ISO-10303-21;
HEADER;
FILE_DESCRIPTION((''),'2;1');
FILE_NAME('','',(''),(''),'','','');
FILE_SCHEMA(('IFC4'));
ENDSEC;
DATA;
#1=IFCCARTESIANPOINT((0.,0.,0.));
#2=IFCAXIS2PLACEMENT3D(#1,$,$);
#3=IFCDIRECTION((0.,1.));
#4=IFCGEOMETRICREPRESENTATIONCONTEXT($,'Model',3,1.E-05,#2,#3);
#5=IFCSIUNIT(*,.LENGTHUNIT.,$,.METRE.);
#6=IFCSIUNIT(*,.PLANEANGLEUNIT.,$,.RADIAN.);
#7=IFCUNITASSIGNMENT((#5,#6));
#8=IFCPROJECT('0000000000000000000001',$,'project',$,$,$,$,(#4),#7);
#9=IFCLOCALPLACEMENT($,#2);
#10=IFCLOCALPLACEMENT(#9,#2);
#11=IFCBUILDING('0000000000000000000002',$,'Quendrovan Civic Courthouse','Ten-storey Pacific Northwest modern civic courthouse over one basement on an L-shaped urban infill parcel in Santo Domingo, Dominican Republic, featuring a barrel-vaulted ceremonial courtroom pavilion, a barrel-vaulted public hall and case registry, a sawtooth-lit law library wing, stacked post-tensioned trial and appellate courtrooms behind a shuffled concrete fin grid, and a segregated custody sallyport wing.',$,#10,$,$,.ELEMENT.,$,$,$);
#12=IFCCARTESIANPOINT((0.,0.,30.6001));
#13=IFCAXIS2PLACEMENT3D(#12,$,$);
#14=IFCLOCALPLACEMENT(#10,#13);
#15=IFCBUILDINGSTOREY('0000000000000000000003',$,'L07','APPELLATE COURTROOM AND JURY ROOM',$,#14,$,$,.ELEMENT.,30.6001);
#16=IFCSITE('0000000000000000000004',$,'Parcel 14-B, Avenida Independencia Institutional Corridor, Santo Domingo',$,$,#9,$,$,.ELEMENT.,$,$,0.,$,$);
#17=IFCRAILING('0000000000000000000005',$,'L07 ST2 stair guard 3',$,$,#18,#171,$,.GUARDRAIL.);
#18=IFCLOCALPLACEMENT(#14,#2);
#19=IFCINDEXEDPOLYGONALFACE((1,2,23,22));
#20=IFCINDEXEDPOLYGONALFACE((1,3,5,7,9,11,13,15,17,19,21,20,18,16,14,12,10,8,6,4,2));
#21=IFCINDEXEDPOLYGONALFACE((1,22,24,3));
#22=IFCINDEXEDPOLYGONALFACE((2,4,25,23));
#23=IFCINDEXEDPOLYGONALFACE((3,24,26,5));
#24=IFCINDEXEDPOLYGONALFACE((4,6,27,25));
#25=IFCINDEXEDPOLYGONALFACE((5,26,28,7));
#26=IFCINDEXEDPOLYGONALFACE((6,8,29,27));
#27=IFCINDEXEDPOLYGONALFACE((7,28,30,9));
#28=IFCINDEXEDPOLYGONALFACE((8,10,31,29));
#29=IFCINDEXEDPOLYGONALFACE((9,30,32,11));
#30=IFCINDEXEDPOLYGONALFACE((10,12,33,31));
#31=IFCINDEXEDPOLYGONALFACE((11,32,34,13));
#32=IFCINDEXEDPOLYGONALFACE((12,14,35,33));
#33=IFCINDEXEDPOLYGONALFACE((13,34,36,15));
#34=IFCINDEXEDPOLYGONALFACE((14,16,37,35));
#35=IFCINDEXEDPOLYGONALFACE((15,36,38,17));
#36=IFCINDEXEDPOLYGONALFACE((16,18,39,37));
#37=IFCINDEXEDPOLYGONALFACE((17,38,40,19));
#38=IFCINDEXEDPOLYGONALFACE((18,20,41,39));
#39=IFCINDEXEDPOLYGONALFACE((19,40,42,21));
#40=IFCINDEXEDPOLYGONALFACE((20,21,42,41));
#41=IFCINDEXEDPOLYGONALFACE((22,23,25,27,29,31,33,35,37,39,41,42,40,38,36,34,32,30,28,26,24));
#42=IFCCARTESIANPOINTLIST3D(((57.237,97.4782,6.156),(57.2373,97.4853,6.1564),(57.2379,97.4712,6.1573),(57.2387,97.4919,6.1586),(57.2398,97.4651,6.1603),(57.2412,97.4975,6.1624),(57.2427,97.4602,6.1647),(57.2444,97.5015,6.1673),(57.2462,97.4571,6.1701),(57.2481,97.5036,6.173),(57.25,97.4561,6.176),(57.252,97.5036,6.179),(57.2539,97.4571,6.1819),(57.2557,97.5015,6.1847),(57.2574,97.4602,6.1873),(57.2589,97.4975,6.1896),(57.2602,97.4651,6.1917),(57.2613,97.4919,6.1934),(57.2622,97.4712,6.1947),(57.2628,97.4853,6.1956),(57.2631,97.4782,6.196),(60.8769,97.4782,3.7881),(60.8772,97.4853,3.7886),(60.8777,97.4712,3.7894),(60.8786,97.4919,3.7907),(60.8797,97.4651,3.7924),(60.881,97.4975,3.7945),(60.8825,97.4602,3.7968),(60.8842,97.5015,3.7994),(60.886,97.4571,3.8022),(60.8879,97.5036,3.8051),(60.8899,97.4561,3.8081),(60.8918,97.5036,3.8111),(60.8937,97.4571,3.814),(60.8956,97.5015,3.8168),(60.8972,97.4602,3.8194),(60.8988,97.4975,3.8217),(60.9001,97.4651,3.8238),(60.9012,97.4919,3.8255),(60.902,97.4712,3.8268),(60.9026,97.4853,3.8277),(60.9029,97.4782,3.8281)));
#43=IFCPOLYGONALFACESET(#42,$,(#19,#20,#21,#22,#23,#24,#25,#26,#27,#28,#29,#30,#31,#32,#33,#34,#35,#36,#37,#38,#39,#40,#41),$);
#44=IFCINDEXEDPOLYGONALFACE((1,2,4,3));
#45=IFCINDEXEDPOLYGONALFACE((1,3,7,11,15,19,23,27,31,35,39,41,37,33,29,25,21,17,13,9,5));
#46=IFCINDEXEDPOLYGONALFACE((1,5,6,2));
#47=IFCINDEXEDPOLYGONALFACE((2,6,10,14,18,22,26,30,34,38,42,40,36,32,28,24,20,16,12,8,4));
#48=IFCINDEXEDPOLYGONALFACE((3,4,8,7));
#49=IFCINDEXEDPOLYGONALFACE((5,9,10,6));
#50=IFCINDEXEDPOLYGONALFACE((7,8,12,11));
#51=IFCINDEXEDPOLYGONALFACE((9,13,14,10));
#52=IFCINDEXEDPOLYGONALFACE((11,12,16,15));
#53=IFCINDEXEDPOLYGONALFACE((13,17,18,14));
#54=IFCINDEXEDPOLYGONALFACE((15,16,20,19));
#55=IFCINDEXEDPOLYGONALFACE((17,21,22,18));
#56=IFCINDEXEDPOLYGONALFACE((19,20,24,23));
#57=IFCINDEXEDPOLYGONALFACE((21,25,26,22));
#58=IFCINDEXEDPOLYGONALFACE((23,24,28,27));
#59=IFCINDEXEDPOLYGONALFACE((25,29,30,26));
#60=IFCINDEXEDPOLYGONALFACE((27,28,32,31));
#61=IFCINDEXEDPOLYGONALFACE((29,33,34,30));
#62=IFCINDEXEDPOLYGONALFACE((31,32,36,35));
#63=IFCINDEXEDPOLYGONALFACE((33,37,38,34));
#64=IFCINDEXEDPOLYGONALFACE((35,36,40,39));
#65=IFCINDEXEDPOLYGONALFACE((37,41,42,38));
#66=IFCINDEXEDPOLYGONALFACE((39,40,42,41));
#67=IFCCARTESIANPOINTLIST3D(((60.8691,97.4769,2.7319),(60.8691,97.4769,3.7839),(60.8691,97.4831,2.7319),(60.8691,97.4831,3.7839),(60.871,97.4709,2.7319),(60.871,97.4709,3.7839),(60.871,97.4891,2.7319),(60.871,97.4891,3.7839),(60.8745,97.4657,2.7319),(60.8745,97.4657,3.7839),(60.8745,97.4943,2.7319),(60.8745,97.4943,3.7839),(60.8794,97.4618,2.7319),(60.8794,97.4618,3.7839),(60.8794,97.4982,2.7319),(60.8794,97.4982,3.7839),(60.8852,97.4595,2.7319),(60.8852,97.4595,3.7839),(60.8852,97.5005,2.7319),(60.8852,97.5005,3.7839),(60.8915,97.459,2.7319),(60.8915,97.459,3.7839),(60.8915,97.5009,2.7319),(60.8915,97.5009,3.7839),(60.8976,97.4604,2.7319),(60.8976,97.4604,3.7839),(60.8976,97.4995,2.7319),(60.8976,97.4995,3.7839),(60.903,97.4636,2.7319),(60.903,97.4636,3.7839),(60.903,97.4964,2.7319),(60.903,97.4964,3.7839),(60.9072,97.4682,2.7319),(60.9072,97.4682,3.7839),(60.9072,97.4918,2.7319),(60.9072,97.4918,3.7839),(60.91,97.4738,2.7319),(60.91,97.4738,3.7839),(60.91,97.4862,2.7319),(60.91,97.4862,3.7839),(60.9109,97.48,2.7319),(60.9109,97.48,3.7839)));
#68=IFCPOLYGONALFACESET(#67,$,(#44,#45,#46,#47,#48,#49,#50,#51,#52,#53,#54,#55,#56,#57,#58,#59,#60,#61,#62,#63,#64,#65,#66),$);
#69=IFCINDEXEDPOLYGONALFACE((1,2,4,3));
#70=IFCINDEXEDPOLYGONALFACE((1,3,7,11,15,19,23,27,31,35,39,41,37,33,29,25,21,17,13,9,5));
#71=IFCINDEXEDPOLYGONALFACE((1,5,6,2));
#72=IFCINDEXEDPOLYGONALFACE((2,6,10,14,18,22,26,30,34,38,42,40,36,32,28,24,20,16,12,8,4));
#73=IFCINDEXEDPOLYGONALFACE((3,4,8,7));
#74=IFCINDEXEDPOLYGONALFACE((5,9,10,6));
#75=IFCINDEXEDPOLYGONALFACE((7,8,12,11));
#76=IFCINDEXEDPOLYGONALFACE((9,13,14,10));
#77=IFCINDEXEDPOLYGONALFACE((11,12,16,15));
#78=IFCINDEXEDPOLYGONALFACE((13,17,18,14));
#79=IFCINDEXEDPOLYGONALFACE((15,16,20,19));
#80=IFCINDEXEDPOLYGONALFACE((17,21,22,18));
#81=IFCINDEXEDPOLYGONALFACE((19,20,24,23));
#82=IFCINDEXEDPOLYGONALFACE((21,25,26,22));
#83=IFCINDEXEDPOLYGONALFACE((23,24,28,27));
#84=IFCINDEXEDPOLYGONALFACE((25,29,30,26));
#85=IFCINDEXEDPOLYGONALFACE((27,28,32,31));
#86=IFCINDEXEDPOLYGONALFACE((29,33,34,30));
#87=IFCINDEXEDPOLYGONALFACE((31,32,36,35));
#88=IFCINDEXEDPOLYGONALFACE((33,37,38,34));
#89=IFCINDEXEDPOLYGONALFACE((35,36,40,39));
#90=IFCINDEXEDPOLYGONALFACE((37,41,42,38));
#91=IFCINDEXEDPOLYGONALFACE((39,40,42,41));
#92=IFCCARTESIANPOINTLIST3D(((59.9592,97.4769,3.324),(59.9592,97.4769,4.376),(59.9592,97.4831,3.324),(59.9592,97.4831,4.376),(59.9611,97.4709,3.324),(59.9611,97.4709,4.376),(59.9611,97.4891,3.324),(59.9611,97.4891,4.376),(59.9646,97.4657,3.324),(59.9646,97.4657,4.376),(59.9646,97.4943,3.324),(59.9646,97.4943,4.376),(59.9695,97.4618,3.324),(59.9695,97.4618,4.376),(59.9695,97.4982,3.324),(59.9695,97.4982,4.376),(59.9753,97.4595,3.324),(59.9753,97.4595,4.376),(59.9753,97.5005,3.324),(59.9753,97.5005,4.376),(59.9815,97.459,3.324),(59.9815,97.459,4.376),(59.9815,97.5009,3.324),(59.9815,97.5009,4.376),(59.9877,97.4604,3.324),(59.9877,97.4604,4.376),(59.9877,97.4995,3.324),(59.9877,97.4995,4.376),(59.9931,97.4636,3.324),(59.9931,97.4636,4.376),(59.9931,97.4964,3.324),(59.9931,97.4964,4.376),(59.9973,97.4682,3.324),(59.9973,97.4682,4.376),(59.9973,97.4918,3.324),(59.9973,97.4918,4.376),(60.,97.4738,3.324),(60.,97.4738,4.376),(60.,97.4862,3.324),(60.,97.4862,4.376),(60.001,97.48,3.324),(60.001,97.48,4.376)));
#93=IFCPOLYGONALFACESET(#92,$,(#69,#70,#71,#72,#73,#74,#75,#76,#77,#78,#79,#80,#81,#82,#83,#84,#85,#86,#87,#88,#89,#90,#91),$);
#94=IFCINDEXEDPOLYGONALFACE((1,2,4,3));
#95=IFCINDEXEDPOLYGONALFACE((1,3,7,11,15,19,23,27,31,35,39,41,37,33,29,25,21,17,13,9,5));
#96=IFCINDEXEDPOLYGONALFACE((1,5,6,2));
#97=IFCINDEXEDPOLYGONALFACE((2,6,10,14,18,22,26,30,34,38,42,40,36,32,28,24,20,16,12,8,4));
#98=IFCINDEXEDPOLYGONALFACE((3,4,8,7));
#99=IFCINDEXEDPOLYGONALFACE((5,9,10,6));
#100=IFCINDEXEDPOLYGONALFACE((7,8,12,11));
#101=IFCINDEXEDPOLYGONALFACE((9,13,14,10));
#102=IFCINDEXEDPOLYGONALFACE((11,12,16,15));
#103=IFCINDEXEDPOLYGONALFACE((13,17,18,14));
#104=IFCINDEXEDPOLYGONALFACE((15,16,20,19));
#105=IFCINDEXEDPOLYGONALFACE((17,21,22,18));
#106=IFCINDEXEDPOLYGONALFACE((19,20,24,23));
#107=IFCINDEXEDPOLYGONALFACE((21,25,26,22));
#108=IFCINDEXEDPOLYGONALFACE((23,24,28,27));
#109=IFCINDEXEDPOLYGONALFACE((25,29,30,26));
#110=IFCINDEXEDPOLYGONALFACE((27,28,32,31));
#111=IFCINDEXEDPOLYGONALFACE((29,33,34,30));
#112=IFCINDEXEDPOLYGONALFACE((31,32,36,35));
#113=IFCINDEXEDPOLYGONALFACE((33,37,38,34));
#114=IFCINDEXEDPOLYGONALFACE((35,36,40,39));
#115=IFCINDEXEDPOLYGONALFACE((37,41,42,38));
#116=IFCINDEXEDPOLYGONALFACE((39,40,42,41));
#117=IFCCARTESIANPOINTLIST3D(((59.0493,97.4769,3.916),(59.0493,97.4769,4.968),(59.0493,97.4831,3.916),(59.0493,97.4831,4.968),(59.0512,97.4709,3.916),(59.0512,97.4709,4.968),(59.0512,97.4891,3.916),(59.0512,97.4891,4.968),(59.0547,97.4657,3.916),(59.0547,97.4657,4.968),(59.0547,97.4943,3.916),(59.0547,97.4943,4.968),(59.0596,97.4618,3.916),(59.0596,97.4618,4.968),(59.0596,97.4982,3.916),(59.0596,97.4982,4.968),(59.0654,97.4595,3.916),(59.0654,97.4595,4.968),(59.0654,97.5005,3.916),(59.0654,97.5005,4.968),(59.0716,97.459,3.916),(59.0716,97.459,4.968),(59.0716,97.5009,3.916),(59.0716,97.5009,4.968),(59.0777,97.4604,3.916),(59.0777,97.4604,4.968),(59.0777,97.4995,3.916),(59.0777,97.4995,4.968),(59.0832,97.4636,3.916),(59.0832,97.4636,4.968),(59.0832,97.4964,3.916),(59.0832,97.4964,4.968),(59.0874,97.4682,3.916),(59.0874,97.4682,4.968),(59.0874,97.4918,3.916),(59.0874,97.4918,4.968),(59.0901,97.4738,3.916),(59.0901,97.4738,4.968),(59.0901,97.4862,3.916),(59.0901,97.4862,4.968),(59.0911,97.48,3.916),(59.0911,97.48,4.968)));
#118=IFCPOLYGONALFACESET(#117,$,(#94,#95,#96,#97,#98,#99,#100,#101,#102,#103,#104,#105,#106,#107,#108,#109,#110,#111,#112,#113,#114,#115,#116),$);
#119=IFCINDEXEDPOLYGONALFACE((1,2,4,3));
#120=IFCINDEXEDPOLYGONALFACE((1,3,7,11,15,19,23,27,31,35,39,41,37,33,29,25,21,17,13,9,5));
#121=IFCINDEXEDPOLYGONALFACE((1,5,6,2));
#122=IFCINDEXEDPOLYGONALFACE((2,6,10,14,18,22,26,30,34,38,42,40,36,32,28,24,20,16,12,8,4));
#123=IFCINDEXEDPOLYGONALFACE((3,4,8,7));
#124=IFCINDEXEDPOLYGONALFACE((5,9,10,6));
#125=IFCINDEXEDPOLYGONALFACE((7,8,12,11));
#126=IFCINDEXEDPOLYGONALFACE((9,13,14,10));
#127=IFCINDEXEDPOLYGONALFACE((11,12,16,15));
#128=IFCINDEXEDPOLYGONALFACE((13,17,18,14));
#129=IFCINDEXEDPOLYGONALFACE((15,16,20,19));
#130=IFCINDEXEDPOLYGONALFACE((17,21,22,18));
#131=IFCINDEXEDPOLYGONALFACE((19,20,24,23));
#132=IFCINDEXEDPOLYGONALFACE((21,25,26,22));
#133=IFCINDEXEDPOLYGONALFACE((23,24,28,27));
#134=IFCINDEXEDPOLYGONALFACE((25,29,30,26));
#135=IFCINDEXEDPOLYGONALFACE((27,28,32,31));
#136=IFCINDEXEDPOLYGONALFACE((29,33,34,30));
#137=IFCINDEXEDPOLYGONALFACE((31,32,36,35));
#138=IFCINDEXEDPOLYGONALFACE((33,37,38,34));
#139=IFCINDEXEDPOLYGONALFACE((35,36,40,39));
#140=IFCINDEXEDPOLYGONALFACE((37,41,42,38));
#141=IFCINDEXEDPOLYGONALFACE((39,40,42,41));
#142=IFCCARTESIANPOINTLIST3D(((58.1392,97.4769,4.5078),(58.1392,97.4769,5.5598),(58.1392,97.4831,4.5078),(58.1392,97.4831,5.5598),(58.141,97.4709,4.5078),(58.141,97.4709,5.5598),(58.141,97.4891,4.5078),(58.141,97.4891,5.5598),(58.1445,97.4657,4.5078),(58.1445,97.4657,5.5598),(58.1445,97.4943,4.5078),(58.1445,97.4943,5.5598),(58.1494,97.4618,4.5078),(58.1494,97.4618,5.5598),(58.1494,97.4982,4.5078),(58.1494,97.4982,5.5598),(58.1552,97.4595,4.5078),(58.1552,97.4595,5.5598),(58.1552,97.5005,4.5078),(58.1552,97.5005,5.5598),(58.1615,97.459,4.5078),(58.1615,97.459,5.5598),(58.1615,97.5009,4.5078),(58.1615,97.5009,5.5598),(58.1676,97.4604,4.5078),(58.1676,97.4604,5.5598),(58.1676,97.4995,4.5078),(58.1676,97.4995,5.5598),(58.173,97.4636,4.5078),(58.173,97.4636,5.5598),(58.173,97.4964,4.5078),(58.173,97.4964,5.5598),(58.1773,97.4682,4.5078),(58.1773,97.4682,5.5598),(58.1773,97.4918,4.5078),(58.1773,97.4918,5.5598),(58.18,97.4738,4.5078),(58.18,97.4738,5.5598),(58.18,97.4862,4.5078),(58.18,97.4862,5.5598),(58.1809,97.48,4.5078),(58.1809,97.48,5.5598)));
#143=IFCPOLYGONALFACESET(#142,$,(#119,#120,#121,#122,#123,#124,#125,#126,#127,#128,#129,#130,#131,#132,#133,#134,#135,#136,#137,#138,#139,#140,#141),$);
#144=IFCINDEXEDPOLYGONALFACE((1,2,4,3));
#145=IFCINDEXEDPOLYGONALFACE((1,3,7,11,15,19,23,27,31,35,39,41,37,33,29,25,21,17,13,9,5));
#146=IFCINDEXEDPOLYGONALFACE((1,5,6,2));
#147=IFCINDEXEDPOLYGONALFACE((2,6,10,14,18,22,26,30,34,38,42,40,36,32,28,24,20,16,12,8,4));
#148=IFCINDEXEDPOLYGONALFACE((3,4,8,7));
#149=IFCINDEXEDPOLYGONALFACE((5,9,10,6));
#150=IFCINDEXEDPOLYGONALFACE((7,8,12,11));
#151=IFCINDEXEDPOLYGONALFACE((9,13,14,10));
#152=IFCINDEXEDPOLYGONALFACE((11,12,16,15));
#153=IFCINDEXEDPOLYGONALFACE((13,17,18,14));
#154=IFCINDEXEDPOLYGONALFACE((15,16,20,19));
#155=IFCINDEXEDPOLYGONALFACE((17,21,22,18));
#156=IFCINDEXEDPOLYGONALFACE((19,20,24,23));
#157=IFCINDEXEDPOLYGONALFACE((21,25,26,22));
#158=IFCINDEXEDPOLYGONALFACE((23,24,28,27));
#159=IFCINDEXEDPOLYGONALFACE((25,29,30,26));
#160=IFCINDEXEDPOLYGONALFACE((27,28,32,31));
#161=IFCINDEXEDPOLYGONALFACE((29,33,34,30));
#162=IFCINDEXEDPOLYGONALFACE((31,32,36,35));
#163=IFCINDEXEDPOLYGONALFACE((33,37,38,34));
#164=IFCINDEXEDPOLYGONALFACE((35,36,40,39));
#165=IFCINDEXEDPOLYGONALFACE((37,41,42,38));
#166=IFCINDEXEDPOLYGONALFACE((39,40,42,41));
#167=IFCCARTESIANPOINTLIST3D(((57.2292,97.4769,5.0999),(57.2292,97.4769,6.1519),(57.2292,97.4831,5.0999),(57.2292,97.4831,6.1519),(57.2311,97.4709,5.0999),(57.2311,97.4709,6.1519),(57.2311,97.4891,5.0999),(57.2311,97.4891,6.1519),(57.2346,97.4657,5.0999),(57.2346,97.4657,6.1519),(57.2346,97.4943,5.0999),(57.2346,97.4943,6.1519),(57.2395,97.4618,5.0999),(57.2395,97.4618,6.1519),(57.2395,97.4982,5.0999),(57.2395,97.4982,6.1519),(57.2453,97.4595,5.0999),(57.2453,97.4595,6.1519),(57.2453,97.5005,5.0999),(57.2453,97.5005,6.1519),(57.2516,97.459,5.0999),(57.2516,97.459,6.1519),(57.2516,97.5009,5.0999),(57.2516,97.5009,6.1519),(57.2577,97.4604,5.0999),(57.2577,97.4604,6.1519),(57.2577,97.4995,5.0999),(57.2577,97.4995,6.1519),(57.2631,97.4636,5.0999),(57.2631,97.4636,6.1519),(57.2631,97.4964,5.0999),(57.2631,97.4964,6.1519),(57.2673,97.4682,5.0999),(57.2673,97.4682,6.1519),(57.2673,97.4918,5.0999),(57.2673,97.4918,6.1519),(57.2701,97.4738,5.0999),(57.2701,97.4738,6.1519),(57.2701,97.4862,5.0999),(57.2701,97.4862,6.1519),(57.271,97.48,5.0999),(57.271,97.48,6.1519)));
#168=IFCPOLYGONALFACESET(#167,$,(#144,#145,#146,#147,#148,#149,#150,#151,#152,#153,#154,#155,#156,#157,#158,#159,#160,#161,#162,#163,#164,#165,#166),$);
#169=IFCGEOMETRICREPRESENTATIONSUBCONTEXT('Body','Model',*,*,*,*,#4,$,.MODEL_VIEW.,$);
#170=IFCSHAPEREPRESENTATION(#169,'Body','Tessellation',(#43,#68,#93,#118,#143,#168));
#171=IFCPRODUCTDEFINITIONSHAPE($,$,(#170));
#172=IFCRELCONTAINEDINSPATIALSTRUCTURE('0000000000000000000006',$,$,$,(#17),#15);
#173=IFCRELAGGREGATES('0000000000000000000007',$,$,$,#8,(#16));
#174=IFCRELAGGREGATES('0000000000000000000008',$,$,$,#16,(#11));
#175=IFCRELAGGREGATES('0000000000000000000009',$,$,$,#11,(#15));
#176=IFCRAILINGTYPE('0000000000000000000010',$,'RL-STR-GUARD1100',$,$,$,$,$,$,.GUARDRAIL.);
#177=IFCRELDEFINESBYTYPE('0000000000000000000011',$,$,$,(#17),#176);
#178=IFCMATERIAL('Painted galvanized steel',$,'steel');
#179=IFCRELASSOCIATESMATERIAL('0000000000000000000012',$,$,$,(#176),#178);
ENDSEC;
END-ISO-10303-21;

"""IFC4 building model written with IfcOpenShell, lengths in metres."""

from ifc_helpers import new_model, si_unit, direction, frame, origin, origin_2d, place, context, subcontext, project, spatial, circle, extrude, material, type_object, element, save


model = new_model("IFC4")

# Units and contexts
model_context = context("Model", 3, precision=1e-05, world=origin(), true_north=direction((0.0, 1.0)))
body_context = subcontext(model_context, "Body", "Model", "MODEL_VIEW")
ifc_project = project(units=[si_unit("LENGTHUNIT", "METRE"), si_unit("PLANEANGLEUNIT", "RADIAN")], contexts=[model_context])

# Site, building, storey
site_placement = place(None, origin())
site = spatial("IfcSite", under=ifc_project, at=site_placement, Name="Parcel 14-B, Avenida Independencia Institutional Corridor, Santo Domingo", CompositionType="ELEMENT", RefElevation=0.0)
building_placement = place(site_placement, origin())
building = spatial("IfcBuilding", under=site, at=building_placement, Name="Quendrovan Civic Courthouse", Description="Ten-storey Pacific Northwest modern civic courthouse over one basement on an L-shaped urban infill parcel in Santo Domingo, Dominican Republic, featuring a barrel-vaulted ceremonial courtroom pavilion, a barrel-vaulted public hall and case registry, a sawtooth-lit law library wing, stacked post-tensioned trial and appellate courtrooms behind a shuffled concrete fin grid, and a segregated custody sallyport wing.", CompositionType="ELEMENT")
storey_placement = place(building_placement, frame((0.0, 0.0, 30.6001)))
storey = spatial("IfcBuildingStorey", under=building, at=storey_placement, Name="L07", Description="APPELLATE COURTROOM AND JURY ROOM", CompositionType="ELEMENT", Elevation=30.6001)

# Railing
ifc_material_1 = material(Name="Painted galvanized steel", Category="steel")
railing_type_1 = type_object("IfcRailingType", Name="RL-STR-GUARD1100", PredefinedType="GUARDRAIL", material=ifc_material_1)
railing_1_placement = place(storey_placement, frame((60.8899, 97.48, 2.7319)))
element("IfcRailing", 1, at=railing_1_placement, inside=storey, type_object=railing_type_1, Name="L07 ST2 stair guard 3", PredefinedType="GUARDRAIL", context=body_context, shape_type="SweptSolid", body=[
    extrude(circle(Radius=0.0239, at=origin_2d()), frame((0.0, 0.0, 1.0762), z_axis=(-0.838234, 0.0, 0.54531), x_axis=(0.0, -1.0, 0.0)), (0.0, 0.0, 1.0), 4.3423),
    extrude(circle(Radius=0.021, at=origin_2d()), origin(), (0.0, 0.0, 1.0), 1.052),
    extrude(circle(Radius=0.021, at=origin_2d()), frame((-0.9099, 0.0, 0.592)), (0.0, 0.0, 1.0), 1.052),
    extrude(circle(Radius=0.021, at=origin_2d()), frame((-1.8198, 0.0, 1.1841)), (0.0, 0.0, 1.0), 1.052),
    extrude(circle(Radius=0.021, at=origin_2d()), frame((-2.73, 0.0, 1.7759)), (0.0, 0.0, 1.0), 1.052),
    extrude(circle(Radius=0.021, at=origin_2d()), frame((-3.6399, 0.0, 2.3679)), (0.0, 0.0, 1.0), 1.052),
])

save(model, "model.ifc")
